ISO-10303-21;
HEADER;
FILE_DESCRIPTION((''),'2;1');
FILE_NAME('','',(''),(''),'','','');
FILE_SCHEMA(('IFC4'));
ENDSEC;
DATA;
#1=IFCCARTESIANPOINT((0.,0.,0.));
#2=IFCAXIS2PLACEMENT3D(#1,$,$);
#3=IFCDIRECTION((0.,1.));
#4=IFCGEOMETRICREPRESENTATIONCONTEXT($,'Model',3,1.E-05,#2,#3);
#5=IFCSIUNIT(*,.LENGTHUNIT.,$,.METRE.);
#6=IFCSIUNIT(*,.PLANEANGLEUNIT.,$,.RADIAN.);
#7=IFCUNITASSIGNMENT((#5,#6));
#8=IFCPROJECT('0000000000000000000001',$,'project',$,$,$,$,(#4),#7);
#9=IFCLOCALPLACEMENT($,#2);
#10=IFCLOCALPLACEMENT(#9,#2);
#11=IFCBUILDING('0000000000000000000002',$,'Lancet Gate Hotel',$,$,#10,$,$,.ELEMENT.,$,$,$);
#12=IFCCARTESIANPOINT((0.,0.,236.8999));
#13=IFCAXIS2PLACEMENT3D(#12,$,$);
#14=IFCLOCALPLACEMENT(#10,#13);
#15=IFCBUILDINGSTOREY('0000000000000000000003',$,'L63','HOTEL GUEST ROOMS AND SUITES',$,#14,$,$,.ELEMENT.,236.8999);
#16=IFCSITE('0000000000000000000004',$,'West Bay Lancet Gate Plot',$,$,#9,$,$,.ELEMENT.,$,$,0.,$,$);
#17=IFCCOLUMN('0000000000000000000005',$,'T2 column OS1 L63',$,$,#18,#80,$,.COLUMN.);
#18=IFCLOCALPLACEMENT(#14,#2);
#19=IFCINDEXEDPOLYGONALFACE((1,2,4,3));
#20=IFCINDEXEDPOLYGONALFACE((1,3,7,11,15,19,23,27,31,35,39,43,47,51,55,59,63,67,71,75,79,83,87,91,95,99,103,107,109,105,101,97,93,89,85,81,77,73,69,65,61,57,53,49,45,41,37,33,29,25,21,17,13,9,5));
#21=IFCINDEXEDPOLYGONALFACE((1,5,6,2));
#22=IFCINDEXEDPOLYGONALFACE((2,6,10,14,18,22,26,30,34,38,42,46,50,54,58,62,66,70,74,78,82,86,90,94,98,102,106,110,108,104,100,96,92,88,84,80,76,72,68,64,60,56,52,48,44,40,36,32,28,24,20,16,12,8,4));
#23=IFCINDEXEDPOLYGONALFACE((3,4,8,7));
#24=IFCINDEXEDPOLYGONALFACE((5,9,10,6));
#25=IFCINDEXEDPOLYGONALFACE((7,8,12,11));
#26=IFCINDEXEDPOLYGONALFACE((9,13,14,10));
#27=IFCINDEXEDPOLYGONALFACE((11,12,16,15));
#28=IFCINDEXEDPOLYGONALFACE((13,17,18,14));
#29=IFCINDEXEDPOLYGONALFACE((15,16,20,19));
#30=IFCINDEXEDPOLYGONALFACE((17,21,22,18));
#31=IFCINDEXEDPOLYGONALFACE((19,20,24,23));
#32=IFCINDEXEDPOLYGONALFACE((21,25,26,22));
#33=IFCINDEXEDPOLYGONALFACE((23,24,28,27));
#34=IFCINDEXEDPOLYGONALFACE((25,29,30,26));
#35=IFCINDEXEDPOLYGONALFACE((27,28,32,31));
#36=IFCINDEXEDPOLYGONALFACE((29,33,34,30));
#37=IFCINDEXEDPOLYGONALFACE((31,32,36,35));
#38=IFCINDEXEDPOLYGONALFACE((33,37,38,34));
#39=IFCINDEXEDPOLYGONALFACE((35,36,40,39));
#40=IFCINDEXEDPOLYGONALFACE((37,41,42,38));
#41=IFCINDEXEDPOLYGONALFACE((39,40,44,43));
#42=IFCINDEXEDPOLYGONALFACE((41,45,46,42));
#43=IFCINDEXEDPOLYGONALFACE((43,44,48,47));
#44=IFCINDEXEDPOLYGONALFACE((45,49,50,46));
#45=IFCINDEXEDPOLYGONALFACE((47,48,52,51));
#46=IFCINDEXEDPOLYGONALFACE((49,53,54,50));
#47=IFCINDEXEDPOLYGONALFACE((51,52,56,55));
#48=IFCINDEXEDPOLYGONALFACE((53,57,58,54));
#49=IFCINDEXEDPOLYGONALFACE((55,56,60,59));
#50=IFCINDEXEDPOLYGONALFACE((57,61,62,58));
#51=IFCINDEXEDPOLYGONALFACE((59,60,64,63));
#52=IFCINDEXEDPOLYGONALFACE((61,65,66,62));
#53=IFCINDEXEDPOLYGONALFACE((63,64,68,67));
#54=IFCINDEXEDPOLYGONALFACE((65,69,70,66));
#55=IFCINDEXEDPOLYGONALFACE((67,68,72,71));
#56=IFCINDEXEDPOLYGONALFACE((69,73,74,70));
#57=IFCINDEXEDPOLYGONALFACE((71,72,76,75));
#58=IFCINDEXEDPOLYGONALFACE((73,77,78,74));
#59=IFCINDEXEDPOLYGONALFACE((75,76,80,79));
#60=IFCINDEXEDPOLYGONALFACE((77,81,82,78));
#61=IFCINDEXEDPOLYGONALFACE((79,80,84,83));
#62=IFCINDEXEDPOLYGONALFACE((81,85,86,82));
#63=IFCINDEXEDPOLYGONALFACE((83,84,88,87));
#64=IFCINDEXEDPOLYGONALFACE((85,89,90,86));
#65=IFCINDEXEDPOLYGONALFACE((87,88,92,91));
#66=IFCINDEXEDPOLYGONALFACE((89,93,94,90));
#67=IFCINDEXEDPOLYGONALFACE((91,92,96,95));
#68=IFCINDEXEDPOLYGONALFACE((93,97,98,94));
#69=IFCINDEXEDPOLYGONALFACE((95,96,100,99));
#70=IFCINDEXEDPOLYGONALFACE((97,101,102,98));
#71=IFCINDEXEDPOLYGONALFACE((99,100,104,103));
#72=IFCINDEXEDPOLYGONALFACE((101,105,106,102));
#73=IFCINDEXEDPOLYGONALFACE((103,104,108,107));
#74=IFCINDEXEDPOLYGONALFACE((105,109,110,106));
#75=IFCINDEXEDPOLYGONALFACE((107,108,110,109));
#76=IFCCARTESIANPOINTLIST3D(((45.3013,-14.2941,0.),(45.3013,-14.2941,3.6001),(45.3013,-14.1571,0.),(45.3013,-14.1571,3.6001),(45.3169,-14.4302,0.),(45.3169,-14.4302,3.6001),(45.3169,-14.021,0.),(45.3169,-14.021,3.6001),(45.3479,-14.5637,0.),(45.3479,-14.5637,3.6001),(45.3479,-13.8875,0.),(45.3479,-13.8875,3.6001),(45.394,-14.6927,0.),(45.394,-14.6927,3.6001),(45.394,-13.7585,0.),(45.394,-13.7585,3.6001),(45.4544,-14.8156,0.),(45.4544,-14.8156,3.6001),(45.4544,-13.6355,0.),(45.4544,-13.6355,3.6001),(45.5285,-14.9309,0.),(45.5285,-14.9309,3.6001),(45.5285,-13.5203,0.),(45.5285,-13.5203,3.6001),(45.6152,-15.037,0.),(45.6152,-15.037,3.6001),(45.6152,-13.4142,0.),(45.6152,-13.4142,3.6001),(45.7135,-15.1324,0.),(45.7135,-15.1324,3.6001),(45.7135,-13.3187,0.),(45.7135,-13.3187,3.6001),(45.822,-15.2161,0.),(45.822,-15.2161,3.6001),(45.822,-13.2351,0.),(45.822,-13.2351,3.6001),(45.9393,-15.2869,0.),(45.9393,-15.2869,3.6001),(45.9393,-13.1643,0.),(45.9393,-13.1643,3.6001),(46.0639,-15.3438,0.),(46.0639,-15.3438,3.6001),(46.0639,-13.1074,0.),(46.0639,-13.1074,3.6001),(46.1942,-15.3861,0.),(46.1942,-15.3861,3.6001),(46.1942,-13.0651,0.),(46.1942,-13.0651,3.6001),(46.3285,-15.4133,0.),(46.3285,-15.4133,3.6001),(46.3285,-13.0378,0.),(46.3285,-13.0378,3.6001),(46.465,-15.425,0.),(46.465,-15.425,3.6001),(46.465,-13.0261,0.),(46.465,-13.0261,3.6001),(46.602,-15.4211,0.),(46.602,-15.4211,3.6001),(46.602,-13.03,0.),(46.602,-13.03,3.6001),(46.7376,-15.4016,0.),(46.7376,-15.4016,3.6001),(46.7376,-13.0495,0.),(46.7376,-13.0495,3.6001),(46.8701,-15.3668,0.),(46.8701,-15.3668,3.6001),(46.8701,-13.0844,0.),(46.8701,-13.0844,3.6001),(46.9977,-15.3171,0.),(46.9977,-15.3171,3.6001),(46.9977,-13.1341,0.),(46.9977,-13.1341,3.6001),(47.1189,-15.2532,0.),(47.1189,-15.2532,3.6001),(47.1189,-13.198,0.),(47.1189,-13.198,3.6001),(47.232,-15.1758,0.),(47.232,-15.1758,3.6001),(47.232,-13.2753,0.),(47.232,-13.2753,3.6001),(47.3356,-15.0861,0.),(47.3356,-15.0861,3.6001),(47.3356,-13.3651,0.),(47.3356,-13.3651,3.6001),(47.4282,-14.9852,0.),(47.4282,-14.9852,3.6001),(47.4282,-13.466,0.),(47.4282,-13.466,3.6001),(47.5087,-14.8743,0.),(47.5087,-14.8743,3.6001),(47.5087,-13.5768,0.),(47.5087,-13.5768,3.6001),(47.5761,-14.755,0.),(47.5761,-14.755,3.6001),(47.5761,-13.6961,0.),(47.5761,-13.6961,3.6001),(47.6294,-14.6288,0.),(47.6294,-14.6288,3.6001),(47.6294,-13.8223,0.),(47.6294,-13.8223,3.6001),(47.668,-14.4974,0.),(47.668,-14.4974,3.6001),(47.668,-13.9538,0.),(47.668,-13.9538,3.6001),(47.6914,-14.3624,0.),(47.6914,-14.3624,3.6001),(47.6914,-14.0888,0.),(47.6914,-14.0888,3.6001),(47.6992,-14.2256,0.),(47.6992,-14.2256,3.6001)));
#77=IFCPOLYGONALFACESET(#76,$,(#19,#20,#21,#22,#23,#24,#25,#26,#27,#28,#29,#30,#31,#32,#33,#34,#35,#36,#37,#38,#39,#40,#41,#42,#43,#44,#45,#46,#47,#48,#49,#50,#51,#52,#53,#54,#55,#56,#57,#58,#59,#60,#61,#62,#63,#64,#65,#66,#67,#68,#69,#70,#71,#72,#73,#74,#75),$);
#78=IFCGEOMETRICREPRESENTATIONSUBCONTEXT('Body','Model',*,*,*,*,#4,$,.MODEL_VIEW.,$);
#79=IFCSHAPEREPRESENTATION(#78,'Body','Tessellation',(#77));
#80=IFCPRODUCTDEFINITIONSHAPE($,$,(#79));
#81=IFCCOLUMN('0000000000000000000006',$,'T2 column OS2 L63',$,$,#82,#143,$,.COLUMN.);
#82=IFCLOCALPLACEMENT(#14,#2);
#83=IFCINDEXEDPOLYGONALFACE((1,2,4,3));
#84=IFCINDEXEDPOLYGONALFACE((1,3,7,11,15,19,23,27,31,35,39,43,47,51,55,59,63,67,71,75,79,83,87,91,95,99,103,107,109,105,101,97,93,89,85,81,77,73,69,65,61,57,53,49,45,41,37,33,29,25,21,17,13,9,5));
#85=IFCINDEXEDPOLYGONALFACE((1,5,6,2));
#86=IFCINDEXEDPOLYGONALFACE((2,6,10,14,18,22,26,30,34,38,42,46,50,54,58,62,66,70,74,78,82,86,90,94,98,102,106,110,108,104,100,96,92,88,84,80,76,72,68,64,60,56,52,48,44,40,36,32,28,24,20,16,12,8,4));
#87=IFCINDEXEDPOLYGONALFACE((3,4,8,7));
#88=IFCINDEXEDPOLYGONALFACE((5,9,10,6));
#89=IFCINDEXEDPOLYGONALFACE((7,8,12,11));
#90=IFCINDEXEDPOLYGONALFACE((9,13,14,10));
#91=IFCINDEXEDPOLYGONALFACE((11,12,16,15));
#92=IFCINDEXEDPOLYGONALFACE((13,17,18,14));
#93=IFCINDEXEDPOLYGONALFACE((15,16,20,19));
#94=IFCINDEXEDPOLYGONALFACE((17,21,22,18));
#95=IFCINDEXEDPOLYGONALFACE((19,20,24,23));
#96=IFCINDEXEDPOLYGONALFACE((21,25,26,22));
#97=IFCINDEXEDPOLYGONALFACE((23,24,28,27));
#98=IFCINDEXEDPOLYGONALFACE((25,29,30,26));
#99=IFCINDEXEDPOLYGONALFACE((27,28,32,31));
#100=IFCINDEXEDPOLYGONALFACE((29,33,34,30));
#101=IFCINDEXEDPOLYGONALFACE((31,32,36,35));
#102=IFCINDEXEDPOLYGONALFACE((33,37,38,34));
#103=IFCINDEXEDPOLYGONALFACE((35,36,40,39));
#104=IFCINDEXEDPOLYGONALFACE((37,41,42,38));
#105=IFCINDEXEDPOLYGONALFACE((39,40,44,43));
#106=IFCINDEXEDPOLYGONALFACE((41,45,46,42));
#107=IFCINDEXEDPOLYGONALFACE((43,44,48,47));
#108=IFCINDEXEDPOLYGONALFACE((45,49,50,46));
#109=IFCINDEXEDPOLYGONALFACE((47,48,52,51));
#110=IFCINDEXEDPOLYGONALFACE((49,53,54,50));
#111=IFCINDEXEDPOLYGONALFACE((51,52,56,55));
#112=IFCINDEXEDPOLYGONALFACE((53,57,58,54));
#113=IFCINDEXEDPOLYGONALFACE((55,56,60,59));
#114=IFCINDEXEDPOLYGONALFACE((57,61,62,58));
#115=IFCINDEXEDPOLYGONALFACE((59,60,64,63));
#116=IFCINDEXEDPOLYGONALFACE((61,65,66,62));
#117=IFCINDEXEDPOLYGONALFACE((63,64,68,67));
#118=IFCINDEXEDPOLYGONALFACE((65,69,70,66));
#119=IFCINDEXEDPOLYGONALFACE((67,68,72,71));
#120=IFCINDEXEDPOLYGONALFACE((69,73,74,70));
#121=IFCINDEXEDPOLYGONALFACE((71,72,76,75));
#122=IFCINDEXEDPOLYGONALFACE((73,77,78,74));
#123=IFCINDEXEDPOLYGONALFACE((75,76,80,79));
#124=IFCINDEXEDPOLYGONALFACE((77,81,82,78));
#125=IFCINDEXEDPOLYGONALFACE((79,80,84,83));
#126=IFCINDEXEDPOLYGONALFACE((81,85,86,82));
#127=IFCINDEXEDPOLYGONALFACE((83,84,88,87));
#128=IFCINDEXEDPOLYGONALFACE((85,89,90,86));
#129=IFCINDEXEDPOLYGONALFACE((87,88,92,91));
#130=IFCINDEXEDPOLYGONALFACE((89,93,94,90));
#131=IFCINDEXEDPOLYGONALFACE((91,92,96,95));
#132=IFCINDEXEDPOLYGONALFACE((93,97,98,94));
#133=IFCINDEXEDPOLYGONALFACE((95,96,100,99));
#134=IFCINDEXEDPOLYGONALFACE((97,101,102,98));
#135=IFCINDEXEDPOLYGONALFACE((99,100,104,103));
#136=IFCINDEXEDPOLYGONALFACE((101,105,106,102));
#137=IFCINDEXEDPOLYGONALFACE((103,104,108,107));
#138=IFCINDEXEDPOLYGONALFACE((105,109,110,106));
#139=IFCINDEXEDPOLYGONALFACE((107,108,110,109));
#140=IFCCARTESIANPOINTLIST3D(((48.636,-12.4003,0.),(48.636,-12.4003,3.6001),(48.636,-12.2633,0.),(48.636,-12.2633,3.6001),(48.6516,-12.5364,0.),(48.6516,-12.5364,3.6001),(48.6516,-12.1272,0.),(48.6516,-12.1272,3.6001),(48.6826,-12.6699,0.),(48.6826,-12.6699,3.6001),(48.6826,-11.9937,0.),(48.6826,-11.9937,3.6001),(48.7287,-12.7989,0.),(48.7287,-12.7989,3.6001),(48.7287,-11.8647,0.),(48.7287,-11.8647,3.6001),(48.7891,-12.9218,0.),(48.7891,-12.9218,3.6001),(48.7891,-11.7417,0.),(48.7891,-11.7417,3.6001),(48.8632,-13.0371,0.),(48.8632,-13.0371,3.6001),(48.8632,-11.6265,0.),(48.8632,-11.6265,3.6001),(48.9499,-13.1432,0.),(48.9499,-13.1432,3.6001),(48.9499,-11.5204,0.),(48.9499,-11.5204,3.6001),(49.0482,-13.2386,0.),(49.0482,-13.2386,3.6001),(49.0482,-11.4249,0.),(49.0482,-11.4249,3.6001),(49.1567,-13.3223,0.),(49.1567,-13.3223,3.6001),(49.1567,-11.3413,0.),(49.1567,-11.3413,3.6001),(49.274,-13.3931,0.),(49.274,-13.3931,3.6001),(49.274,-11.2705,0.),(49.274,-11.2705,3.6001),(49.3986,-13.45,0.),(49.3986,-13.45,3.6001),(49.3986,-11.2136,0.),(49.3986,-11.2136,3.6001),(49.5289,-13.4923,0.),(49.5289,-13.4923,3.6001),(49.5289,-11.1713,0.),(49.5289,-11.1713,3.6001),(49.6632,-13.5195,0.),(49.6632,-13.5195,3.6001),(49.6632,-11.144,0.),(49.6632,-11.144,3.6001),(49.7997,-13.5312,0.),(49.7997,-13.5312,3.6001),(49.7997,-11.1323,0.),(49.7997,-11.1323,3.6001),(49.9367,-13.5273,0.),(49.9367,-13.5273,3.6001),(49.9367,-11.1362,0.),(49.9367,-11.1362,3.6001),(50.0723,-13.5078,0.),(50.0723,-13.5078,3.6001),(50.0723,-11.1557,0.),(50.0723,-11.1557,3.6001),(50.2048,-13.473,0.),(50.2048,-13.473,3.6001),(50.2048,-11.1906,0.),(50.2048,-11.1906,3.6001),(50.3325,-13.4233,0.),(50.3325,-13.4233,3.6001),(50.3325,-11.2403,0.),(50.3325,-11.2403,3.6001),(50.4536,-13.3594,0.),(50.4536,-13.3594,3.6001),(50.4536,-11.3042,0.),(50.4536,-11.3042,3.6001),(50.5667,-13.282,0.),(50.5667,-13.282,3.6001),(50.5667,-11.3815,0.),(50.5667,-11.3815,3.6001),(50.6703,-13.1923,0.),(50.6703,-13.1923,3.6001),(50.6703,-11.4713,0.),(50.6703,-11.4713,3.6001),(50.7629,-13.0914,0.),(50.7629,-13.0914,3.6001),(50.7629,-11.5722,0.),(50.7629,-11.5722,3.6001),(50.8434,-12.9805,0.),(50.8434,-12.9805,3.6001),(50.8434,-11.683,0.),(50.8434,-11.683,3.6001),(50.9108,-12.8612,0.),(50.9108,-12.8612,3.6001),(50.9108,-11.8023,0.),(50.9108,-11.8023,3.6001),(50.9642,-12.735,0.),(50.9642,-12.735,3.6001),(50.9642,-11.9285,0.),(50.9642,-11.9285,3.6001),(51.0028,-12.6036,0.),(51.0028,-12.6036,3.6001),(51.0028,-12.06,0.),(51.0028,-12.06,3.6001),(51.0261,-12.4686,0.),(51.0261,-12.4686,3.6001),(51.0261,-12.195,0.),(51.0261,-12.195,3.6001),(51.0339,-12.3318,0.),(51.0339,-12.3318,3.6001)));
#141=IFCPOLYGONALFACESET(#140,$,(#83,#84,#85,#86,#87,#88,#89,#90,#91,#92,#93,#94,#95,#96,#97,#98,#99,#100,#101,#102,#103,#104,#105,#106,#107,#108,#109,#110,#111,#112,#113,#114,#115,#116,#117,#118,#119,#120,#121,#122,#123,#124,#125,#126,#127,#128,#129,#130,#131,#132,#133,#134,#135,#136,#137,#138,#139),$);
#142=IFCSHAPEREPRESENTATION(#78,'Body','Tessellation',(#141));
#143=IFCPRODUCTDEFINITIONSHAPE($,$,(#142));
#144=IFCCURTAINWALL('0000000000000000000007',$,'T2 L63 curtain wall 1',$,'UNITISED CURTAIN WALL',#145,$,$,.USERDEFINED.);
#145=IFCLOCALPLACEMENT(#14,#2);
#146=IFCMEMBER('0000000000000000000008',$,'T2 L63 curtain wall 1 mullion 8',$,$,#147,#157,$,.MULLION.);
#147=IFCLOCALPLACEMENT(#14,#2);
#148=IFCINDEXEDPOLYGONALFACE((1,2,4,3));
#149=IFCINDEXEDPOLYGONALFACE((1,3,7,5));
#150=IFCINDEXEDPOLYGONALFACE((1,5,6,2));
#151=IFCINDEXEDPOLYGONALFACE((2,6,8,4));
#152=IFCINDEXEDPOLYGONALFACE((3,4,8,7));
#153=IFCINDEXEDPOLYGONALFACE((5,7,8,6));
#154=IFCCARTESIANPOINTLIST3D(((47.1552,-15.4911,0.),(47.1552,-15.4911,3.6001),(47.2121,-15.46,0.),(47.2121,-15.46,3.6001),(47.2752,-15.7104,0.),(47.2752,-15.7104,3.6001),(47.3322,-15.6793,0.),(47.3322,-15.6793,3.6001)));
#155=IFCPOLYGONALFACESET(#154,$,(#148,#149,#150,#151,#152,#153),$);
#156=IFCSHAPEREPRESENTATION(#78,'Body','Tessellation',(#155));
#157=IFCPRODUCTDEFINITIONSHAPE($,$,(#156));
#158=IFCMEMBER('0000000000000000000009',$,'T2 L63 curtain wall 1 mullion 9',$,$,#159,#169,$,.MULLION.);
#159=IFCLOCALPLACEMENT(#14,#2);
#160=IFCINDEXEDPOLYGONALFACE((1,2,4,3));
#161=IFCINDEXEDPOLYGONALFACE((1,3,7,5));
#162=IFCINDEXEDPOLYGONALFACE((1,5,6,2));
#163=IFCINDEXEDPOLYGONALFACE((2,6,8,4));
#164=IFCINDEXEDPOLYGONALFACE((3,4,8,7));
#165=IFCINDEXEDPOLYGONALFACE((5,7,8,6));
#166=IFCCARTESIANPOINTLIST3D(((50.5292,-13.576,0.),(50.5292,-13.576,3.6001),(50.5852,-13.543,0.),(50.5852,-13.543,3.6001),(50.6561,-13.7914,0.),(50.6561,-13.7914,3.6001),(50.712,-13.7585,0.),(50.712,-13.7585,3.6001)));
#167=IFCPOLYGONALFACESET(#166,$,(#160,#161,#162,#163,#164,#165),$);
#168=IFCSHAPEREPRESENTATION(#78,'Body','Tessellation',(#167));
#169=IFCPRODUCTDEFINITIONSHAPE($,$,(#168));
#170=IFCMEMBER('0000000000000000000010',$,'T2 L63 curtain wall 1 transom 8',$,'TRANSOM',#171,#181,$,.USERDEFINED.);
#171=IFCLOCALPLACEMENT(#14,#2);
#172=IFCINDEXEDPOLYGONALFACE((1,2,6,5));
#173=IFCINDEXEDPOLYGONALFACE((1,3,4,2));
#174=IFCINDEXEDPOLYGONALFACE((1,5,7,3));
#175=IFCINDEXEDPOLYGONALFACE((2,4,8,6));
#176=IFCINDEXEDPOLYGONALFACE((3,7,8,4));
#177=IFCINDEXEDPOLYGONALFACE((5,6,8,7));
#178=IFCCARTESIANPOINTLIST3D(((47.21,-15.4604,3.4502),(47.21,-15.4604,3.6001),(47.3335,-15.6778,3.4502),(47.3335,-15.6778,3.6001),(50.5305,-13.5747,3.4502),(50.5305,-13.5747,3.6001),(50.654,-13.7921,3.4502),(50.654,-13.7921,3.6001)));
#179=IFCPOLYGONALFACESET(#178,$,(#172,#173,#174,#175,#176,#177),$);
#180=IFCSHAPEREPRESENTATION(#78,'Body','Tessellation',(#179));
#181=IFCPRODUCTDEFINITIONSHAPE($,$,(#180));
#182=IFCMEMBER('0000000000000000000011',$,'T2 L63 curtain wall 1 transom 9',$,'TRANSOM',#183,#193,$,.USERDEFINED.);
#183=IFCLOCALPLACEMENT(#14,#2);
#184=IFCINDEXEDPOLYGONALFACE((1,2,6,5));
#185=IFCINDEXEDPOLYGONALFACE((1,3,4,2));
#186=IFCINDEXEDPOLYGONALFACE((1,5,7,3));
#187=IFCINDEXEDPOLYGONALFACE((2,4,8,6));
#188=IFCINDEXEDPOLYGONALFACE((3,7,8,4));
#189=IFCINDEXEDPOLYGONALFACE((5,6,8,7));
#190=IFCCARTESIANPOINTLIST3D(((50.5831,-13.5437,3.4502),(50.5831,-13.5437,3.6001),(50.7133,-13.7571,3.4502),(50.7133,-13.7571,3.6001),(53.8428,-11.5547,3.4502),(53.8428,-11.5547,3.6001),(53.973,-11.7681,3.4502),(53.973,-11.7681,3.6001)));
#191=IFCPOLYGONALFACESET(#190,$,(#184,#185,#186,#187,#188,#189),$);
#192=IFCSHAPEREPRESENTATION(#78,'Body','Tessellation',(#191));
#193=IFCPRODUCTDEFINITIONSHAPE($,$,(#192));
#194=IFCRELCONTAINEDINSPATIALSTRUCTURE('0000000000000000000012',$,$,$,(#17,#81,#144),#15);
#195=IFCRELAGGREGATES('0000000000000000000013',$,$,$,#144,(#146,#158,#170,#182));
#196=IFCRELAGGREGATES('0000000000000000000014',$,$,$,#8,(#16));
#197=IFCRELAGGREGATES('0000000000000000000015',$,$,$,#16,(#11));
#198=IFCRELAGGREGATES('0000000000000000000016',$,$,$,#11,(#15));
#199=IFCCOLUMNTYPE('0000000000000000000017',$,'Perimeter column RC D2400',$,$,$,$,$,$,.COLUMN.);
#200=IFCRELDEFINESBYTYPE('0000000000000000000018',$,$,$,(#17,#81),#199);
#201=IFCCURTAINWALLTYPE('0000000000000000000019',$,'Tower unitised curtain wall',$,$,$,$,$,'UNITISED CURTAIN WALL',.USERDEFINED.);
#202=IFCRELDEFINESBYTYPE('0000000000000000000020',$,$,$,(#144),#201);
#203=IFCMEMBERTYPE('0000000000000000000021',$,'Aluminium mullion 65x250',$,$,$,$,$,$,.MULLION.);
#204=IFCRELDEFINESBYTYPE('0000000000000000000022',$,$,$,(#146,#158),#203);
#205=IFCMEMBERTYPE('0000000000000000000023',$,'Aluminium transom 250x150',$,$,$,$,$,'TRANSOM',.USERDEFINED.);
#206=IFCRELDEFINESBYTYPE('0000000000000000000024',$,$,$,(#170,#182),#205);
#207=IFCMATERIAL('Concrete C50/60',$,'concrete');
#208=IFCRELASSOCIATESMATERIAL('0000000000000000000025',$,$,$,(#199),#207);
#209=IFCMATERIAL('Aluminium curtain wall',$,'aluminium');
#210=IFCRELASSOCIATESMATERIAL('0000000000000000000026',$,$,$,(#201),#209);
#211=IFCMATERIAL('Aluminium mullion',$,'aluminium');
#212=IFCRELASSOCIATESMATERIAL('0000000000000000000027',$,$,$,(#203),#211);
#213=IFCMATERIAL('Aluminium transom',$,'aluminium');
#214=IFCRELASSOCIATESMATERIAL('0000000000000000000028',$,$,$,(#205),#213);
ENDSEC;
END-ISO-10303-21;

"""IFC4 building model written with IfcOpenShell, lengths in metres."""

from ifc_helpers import new_model, si_unit, direction, frame, origin, origin_2d, place, context, subcontext, project, spatial, rectangle, circle, extrude, material, material_profile, profile_set, type_object, element, aggregate, save


model = new_model("IFC4")

# Units and contexts
model_context = context("Model", 3, precision=1e-05, world=origin(), true_north=direction((0.0, 1.0)))
body_context = subcontext(model_context, "Body", "Model", "MODEL_VIEW")
ifc_project = project(units=[si_unit("LENGTHUNIT", "METRE"), si_unit("PLANEANGLEUNIT", "RADIAN")], contexts=[model_context])

# Site, building, storey
site_placement = place(None, origin())
site = spatial("IfcSite", under=ifc_project, at=site_placement, Name="West Bay Lancet Gate Plot", CompositionType="ELEMENT", RefElevation=0.0)
building_placement = place(site_placement, origin())
building = spatial("IfcBuilding", under=site, at=building_placement, Name="Lancet Gate Hotel", CompositionType="ELEMENT")
storey_placement = place(building_placement, frame((0.0, 0.0, 236.8999)))
storey = spatial("IfcBuildingStorey", under=building, at=storey_placement, Name="L63", Description="HOTEL GUEST ROOMS AND SUITES", CompositionType="ELEMENT", Elevation=236.8999)

# Columns
ifc_material_1 = material(Name="Concrete C50/60", Category="concrete")
ifc_material_profile_1 = material_profile(ifc_material_1, circle(Radius=1.2, at=origin_2d()), Name="RC D2400")
ifc_profile_set_1 = profile_set([ifc_material_profile_1], Name="Concrete C50/60")
column_type = type_object("IfcColumnType", Name="Perimeter column RC D2400", PredefinedType="COLUMN", material=ifc_profile_set_1)
for number, where, z_axis, x_axis, name in (
    (1, (46.4993, -14.2256, 0.0), (0.0, 0.0, 1.0), (1.0, 0.0, 0.0), "T2 column OS1 L63"),
    (2, (49.834, -12.3318, 0.0), (0.0, 0.0, 1.0), (1.0, 0.0, 0.0), "T2 column OS2 L63"),
):
    element("IfcColumn", number, at=place(storey_placement, frame(where, z_axis=z_axis, x_axis=x_axis)), inside=storey, type_object=column_type, Name=name, PredefinedType="COLUMN", context=body_context, shape_type="SweptSolid", body=[
        extrude(circle(Radius=1.2, at=origin_2d()), origin(), (0.0, 0.0, 1.0), 3.6001),
    ])

# Curtain wall, members
ifc_material_2 = material(Name="Aluminium curtain wall", Category="aluminium")
curtain_wall_type = type_object("IfcCurtainWallType", Name="Tower unitised curtain wall", ElementType="UNITISED CURTAIN WALL", PredefinedType="USERDEFINED", material=ifc_material_2)
curtain_wall_placement = place(storey_placement, origin())
curtain_wall = element("IfcCurtainWall", 3, at=curtain_wall_placement, inside=storey, type_object=curtain_wall_type, Name="T2 L63 curtain wall 1", ObjectType="UNITISED CURTAIN WALL", PredefinedType="USERDEFINED")
ifc_material_3 = material(Name="Aluminium mullion", Category="aluminium")
ifc_material_profile_2 = material_profile(ifc_material_3, rectangle(XDim=0.0649, YDim=0.25, at=origin_2d()), Name="MULLION 65x250")
ifc_profile_set_2 = profile_set([ifc_material_profile_2], Name="Aluminium mullion")
member_type_1 = type_object("IfcMemberType", Name="Aluminium mullion 65x250", PredefinedType="MULLION", material=ifc_profile_set_2)
member_1_placement = place(storey_placement, frame((47.2437, -15.5852, 0.0), z_axis=(0.0, 0.0, 1.0), x_axis=(0.877195, 0.480135, 0.0)))
member_1 = element("IfcMember", 4, at=member_1_placement, type_object=member_type_1, Name="T2 L63 curtain wall 1 mullion 8", PredefinedType="MULLION", context=body_context, shape_type="SweptSolid", body=[
    extrude(rectangle(XDim=0.0649, YDim=0.25, at=origin_2d()), origin(), (0.0, 0.0, 1.0), 3.6001),
])
member_2_placement = place(storey_placement, frame((50.6206, -13.6672, 0.0), z_axis=(0.0, 0.0, 1.0), x_axis=(0.861692, 0.507432, 0.0)))
member_2 = element("IfcMember", 5, at=member_2_placement, type_object=member_type_1, Name="T2 L63 curtain wall 1 mullion 9", PredefinedType="MULLION", context=body_context, shape_type="SweptSolid", body=[
    extrude(rectangle(XDim=0.0649, YDim=0.25, at=origin_2d()), origin(), (0.0, 0.0, 1.0), 3.6001),
])
ifc_material_4 = material(Name="Aluminium transom", Category="aluminium")
ifc_material_profile_3 = material_profile(ifc_material_4, rectangle(XDim=0.25, YDim=0.1499, at=origin_2d()), Name="TRANSOM 250x150")
ifc_profile_set_3 = profile_set([ifc_material_profile_3], Name="Aluminium transom")
member_type_2 = type_object("IfcMemberType", Name="Aluminium transom 250x150", ElementType="TRANSOM", PredefinedType="USERDEFINED", material=ifc_profile_set_3)
member_3_placement = place(storey_placement, frame((47.2717, -15.5691, 3.5251), z_axis=(0.869562, 0.493824, 0.0), x_axis=(-0.493824, 0.869562, 0.0)))
member_3 = element("IfcMember", 6, at=member_3_placement, type_object=member_type_2, Name="T2 L63 curtain wall 1 transom 8", ObjectType="TRANSOM", PredefinedType="USERDEFINED", context=body_context, shape_type="SweptSolid", body=[
    extrude(rectangle(XDim=0.25, YDim=0.1499, at=origin_2d()), origin(), (0.0, 0.0, 1.0), 3.8186),
])
member_4_placement = place(storey_placement, frame((50.6482, -13.6504, 3.5251), z_axis=(0.853639, 0.520865, 0.0), x_axis=(-0.520865, 0.853639, 0.0)))
member_4 = element("IfcMember", 7, at=member_4_placement, type_object=member_type_2, Name="T2 L63 curtain wall 1 transom 9", ObjectType="TRANSOM", PredefinedType="USERDEFINED", context=body_context, shape_type="SweptSolid", body=[
    extrude(rectangle(XDim=0.25, YDim=0.1499, at=origin_2d()), origin(), (0.0, 0.0, 1.0), 3.8186),
])

aggregate(curtain_wall, [member_1, member_2, member_3, member_4])

save(model, "model.ifc")
